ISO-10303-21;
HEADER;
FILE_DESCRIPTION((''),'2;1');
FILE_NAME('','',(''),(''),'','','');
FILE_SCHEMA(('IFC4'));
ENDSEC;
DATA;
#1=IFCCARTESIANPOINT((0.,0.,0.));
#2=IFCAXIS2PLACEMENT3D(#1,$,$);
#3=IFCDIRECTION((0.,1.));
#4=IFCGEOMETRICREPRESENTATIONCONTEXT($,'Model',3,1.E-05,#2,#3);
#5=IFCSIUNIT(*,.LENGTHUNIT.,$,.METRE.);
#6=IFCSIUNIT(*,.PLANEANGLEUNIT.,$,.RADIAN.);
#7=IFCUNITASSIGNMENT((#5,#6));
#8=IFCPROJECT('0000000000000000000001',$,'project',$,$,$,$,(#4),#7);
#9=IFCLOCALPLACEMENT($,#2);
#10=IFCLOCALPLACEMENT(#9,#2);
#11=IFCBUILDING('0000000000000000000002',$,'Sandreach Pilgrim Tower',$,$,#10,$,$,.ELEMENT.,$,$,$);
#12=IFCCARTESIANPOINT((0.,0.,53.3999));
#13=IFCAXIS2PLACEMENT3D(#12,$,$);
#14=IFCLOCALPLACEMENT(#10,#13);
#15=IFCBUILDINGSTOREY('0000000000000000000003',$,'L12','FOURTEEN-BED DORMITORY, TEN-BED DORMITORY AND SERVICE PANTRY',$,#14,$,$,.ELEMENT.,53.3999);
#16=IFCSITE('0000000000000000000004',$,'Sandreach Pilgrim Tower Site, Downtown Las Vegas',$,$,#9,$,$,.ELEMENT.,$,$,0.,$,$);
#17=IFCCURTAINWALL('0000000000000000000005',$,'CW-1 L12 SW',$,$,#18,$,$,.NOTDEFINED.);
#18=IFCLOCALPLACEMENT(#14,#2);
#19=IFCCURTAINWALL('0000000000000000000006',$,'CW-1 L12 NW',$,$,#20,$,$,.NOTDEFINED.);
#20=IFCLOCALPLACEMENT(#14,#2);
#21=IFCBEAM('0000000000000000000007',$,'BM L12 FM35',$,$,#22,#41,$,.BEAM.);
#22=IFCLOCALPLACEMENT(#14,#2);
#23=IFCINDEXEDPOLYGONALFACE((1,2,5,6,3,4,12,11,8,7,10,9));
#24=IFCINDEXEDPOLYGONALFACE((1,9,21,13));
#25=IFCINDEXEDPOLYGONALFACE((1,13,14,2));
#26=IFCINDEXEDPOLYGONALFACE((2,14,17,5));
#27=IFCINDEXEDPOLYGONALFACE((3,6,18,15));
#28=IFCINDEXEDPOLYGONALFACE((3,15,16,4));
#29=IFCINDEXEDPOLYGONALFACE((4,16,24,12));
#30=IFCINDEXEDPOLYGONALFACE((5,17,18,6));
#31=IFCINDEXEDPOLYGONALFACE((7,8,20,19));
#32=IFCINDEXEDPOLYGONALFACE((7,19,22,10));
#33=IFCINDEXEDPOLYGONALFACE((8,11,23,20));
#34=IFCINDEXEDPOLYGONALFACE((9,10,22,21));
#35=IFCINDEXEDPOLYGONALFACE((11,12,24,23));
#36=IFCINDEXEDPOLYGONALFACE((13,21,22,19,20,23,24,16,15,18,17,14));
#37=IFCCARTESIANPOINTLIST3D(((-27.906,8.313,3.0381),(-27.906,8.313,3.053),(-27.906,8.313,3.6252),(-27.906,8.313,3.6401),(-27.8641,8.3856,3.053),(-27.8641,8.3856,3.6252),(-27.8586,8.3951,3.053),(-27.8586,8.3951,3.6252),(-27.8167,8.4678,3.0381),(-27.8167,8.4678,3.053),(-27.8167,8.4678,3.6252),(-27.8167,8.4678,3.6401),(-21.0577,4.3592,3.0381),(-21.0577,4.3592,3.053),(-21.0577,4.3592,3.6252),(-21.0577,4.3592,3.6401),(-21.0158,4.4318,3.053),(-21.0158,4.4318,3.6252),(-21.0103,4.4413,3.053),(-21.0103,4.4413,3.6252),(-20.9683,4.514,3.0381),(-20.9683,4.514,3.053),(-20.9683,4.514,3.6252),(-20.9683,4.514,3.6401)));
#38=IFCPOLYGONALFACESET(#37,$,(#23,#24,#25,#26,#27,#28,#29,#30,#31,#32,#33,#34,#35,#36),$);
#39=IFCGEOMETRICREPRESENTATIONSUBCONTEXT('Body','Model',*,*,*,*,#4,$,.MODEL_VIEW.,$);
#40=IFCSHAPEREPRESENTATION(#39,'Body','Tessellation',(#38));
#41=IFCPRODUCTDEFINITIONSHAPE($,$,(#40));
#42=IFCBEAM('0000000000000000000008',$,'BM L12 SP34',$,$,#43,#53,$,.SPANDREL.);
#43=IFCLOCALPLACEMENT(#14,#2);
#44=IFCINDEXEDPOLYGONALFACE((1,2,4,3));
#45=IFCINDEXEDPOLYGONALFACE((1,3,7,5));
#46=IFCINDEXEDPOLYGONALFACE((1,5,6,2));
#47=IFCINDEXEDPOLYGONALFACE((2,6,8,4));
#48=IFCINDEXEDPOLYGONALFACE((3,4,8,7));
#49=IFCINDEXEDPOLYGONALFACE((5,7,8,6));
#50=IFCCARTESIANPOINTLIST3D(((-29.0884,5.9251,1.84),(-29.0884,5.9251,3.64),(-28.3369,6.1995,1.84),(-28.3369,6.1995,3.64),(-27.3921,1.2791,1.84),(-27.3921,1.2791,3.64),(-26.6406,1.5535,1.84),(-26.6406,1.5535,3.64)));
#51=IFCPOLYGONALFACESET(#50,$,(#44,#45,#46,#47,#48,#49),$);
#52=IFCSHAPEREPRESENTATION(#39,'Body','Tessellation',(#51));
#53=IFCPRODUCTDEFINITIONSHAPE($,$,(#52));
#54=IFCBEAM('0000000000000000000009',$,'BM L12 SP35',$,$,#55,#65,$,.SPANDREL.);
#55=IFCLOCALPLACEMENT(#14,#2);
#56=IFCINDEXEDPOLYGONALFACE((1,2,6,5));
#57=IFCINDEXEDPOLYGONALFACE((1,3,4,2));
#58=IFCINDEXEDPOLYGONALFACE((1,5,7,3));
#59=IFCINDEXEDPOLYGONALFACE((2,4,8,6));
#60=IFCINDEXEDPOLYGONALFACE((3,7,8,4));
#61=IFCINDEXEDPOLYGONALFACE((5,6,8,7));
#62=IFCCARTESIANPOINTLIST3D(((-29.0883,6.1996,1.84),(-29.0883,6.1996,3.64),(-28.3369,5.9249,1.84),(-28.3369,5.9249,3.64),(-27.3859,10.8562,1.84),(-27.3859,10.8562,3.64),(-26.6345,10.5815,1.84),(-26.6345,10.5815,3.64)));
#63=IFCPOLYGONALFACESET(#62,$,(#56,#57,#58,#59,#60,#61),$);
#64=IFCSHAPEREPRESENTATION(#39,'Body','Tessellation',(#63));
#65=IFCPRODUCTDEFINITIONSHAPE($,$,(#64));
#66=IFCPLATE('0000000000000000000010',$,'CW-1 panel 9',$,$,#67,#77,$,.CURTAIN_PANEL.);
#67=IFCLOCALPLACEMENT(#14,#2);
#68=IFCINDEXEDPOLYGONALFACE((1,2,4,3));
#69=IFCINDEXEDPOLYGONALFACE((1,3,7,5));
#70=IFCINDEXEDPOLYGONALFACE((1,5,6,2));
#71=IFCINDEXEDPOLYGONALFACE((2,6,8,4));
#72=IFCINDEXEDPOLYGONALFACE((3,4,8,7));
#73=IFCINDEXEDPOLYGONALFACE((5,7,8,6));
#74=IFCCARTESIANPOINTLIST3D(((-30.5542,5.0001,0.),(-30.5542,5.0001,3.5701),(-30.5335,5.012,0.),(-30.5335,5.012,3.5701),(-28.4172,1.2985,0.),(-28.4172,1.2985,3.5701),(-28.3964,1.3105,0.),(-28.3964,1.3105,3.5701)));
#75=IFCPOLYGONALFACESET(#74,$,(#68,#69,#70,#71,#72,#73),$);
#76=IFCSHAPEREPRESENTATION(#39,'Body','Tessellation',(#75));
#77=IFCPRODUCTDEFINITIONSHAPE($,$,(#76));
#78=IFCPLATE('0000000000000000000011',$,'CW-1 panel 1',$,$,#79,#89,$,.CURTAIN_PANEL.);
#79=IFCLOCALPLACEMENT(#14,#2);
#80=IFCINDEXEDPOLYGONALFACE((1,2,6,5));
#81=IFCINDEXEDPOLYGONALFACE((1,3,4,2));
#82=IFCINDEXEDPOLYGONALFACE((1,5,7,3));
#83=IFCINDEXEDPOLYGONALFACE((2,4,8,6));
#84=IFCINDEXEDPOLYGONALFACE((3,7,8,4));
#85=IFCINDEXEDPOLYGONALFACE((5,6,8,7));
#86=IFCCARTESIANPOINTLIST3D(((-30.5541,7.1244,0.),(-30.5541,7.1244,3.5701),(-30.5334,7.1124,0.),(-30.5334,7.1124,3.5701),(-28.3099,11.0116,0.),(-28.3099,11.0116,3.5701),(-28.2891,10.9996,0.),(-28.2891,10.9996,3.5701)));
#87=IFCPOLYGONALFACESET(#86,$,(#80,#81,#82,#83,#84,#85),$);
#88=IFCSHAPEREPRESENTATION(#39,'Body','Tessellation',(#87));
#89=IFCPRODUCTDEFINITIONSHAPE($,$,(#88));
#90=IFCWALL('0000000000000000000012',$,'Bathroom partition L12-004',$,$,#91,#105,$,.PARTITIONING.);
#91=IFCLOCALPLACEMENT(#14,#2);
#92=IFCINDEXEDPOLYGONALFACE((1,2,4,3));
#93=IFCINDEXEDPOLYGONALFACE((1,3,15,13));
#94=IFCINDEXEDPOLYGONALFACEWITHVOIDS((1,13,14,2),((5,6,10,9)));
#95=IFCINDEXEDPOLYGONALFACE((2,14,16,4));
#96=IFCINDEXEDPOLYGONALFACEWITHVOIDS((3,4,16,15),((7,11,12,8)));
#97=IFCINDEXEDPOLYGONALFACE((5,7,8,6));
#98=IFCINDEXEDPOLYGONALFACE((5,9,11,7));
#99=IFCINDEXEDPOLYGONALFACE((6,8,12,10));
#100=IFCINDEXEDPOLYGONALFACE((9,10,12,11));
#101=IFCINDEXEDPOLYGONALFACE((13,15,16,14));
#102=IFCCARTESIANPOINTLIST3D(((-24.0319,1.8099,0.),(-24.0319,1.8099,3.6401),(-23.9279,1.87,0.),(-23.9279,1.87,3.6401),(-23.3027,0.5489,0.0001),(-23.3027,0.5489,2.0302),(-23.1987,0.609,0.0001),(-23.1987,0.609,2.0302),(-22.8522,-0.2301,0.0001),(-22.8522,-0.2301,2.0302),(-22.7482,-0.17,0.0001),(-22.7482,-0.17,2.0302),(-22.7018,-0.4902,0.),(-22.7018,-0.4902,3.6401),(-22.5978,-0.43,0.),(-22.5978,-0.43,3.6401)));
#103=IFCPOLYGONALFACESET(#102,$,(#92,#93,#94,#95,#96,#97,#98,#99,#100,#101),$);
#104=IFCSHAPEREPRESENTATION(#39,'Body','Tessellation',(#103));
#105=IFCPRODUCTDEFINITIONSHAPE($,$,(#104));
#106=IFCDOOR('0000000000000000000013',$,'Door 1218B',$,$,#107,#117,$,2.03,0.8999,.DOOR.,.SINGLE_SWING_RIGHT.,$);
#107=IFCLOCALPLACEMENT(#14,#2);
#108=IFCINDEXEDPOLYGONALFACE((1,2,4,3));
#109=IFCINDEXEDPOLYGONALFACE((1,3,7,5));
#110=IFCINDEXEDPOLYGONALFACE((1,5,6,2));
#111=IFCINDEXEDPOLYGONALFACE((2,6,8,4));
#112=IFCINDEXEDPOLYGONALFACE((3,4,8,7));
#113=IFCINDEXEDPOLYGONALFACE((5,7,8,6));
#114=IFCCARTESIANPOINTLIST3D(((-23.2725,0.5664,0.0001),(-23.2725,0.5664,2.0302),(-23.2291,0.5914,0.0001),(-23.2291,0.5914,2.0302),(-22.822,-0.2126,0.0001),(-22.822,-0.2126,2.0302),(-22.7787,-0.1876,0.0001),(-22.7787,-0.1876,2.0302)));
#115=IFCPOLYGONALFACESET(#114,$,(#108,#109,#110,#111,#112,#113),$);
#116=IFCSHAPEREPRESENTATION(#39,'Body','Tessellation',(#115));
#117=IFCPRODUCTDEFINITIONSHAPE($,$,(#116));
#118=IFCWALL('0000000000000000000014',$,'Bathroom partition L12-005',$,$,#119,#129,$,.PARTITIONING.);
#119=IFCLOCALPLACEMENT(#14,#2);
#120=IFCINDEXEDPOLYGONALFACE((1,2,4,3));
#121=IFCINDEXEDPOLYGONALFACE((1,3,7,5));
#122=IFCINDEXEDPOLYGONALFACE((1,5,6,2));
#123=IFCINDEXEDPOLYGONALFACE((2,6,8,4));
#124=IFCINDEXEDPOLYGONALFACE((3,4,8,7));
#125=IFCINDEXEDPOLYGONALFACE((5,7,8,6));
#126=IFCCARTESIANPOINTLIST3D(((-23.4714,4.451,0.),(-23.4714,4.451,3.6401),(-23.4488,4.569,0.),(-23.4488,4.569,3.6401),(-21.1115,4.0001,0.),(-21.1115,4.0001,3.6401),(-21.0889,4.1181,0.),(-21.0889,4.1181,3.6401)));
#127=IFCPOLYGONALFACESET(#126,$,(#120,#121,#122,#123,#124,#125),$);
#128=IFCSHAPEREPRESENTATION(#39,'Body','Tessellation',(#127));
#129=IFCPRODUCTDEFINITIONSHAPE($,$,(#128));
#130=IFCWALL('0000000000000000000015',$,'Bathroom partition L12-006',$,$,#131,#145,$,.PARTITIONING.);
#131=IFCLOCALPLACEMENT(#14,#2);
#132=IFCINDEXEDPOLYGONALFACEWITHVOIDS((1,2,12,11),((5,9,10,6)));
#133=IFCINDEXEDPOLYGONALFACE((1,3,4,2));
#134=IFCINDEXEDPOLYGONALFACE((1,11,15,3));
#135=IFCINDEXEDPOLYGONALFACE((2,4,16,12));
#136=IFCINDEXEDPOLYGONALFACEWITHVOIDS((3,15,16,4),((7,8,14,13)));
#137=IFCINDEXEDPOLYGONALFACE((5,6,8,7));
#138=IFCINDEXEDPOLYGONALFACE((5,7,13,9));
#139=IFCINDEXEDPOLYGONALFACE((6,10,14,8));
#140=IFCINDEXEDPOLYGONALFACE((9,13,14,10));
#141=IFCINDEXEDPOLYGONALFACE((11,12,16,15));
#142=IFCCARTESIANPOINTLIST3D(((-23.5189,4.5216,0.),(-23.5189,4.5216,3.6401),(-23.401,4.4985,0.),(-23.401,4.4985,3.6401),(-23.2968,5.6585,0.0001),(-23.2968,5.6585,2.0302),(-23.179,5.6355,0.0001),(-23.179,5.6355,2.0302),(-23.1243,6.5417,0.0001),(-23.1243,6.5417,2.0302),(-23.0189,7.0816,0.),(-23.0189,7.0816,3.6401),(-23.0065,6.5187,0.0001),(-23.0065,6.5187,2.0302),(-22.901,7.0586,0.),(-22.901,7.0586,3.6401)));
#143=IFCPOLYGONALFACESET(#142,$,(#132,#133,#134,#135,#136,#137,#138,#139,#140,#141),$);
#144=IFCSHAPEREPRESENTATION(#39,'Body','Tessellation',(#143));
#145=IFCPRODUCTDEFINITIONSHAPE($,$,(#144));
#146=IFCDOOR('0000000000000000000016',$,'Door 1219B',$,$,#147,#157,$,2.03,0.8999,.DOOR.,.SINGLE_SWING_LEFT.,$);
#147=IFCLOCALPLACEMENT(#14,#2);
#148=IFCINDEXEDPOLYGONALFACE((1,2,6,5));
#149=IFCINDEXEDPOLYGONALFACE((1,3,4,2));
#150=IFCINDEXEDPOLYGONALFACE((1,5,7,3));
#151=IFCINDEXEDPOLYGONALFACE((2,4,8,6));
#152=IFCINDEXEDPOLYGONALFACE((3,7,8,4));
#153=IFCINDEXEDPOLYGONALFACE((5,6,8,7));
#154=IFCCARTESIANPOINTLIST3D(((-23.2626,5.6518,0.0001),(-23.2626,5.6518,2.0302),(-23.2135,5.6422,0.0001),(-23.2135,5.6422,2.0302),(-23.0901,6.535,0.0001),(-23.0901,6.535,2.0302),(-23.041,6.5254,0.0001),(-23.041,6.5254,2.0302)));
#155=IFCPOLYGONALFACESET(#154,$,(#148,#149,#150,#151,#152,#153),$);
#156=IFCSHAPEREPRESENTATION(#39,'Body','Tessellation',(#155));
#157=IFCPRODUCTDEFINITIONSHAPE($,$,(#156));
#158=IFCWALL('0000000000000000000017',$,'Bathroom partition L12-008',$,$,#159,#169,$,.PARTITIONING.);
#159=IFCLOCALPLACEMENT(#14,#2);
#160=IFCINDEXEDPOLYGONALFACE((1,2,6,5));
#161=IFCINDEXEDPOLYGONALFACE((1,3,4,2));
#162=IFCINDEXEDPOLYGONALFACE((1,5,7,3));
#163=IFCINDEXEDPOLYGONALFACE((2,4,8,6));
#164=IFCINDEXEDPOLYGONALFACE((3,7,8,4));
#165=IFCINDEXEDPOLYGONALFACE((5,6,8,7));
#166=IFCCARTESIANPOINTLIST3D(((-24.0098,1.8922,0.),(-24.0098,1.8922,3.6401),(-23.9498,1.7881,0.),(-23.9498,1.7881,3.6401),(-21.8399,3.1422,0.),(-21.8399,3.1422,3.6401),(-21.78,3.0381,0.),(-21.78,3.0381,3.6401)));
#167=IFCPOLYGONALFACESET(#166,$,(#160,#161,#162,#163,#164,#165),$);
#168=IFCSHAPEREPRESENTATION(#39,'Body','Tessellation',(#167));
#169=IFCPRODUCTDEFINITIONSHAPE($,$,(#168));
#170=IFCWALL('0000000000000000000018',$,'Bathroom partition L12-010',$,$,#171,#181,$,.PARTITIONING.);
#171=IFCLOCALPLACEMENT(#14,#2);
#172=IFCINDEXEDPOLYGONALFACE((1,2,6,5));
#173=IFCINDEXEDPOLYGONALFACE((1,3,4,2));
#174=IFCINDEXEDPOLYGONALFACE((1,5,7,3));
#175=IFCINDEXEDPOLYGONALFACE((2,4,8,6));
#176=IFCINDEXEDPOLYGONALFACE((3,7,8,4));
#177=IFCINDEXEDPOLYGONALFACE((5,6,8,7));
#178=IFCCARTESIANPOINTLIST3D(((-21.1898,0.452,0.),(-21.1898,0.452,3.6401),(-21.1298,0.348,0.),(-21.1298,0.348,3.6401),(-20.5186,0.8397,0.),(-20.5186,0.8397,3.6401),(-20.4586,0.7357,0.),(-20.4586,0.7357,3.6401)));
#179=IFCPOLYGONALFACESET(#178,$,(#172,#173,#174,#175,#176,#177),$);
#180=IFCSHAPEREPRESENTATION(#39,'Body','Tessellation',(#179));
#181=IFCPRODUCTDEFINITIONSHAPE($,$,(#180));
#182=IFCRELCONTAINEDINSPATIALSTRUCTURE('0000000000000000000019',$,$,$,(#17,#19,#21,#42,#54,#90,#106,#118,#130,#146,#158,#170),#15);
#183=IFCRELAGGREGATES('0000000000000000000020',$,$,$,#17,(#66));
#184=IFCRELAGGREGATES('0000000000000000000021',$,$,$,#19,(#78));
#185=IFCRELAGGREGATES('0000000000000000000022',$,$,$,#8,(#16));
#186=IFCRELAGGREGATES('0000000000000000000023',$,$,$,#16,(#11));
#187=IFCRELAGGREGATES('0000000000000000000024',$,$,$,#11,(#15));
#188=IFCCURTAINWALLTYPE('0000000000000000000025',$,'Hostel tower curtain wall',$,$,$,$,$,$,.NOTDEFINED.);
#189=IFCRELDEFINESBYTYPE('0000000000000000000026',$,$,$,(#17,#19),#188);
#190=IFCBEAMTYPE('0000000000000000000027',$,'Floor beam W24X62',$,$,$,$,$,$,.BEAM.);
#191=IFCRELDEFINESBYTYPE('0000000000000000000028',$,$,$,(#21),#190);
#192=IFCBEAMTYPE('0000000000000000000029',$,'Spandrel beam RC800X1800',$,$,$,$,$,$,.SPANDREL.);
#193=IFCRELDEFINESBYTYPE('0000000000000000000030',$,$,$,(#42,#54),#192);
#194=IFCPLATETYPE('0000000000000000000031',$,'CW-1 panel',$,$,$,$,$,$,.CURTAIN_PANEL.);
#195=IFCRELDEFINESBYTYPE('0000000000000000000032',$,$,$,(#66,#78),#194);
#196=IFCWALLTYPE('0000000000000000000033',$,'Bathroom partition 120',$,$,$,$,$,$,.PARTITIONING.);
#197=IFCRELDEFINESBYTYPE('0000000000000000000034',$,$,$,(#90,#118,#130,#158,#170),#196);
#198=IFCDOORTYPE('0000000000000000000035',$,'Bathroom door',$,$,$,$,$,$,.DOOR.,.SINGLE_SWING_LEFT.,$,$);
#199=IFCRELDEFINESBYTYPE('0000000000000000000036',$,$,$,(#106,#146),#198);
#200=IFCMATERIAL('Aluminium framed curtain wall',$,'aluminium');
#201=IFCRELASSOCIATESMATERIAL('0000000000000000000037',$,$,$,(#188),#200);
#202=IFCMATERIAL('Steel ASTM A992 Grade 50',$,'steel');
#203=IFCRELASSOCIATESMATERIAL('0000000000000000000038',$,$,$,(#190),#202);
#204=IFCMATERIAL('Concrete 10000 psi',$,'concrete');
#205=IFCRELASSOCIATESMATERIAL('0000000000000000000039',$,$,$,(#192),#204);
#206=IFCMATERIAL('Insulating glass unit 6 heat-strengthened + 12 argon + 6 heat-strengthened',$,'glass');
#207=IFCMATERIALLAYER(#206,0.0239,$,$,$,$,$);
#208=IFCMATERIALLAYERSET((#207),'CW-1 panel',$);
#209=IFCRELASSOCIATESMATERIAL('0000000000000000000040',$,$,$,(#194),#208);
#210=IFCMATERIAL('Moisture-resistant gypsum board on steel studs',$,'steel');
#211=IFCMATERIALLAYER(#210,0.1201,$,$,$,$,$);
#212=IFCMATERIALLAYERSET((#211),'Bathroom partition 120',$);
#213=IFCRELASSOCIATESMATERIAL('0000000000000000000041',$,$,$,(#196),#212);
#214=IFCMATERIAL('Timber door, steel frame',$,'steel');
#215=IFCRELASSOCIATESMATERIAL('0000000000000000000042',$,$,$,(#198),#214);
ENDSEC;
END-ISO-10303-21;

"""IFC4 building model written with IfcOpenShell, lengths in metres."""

from ifc_helpers import new_model, si_unit, direction, frame, frame_2d, origin, origin_2d, place, context, subcontext, project, spatial, rectangle, i_section, extrude, material, layer, layer_set, material_profile, profile_set, type_object, element, fill, aggregate, save


model = new_model("IFC4")

# Units and contexts
model_context = context("Model", 3, precision=1e-05, world=origin(), true_north=direction((0.0, 1.0)))
body_context = subcontext(model_context, "Body", "Model", "MODEL_VIEW")
ifc_project = project(units=[si_unit("LENGTHUNIT", "METRE"), si_unit("PLANEANGLEUNIT", "RADIAN")], contexts=[model_context])

# Site, building, storey
site_placement = place(None, origin())
site = spatial("IfcSite", under=ifc_project, at=site_placement, Name="Sandreach Pilgrim Tower Site, Downtown Las Vegas", CompositionType="ELEMENT", RefElevation=0.0)
building_placement = place(site_placement, origin())
building = spatial("IfcBuilding", under=site, at=building_placement, Name="Sandreach Pilgrim Tower", CompositionType="ELEMENT")
storey_placement = place(building_placement, frame((0.0, 0.0, 53.3999)))
storey = spatial("IfcBuildingStorey", under=building, at=storey_placement, Name="L12", Description="FOURTEEN-BED DORMITORY, TEN-BED DORMITORY AND SERVICE PANTRY", CompositionType="ELEMENT", Elevation=53.3999)

# Curtain wall
ifc_material_1 = material(Name="Aluminium framed curtain wall", Category="aluminium")
curtain_wall_type = type_object("IfcCurtainWallType", Name="Hostel tower curtain wall", PredefinedType="NOTDEFINED", material=ifc_material_1)
curtain_wall_1_placement = place(storey_placement, origin())
curtain_wall_1 = element("IfcCurtainWall", 1, at=curtain_wall_1_placement, inside=storey, type_object=curtain_wall_type, Name="CW-1 L12 SW", PredefinedType="NOTDEFINED")

# Curtain wall
curtain_wall_2_placement = place(storey_placement, origin())
curtain_wall_2 = element("IfcCurtainWall", 2, at=curtain_wall_2_placement, inside=storey, type_object=curtain_wall_type, Name="CW-1 L12 NW", PredefinedType="NOTDEFINED")

# Beams
ifc_material_2 = material(Name="Steel ASTM A992 Grade 50", Category="steel")
ifc_material_profile_1 = material_profile(ifc_material_2, i_section(OverallWidth=0.1787, OverallDepth=0.6021, WebThickness=0.011, FlangeThickness=0.0149, at=origin_2d()), Name="W24X62")
ifc_profile_set_1 = profile_set([ifc_material_profile_1], Name="Steel ASTM A992 Grade 50")
beam_type_1 = type_object("IfcBeamType", Name="Floor beam W24X62", PredefinedType="BEAM", material=ifc_profile_set_1)
beam_1_placement = place(storey_placement, frame((-27.8613, 8.3904, 3.3391), z_axis=(0.866029, -0.499994, 0.0), x_axis=(0.499994, 0.866029, 0.0)))
element("IfcBeam", 3, at=beam_1_placement, inside=storey, type_object=beam_type_1, Name="BM L12 FM35", PredefinedType="BEAM", context=body_context, shape_type="SweptSolid", body=[
    extrude(i_section(OverallWidth=0.1787, OverallDepth=0.6021, WebThickness=0.011, FlangeThickness=0.0149, at=origin_2d()), origin(), (0.0, 0.0, 1.0), 7.9077),
])
ifc_material_3 = material(Name="Concrete 10000 psi", Category="concrete")
ifc_material_profile_2 = material_profile(ifc_material_3, rectangle(XDim=0.8, YDim=1.8, at=origin_2d()), Name="RC800X1800")
ifc_profile_set_2 = profile_set([ifc_material_profile_2], Name="Concrete 10000 psi")
beam_type_2 = type_object("IfcBeamType", Name="Spandrel beam RC800X1800", PredefinedType="SPANDREL", material=ifc_profile_set_2)
beam_2_placement = place(storey_placement, frame((-27.0164, 1.4163, 2.74), z_axis=(-0.342963, 0.939349, 0.0), x_axis=(-0.939349, -0.342963, 0.0)))
element("IfcBeam", 4, at=beam_2_placement, inside=storey, type_object=beam_type_2, Name="BM L12 SP34", PredefinedType="SPANDREL", context=body_context, shape_type="SweptSolid", body=[
    extrude(rectangle(XDim=0.8, YDim=1.8, at=origin_2d()), origin(), (0.0, 0.0, 1.0), 4.946),
])
beam_3_placement = place(storey_placement, frame((-28.7126, 6.0623, 2.74), z_axis=(0.343368, 0.939201, 0.0), x_axis=(-0.939201, 0.343368, 0.0)))
element("IfcBeam", 5, at=beam_3_placement, inside=storey, type_object=beam_type_2, Name="BM L12 SP35", PredefinedType="SPANDREL", context=body_context, shape_type="SweptSolid", body=[
    extrude(rectangle(XDim=0.8, YDim=1.8, at=origin_2d()), origin(), (0.0, 0.0, 1.0), 4.958),
])

# Plates
ifc_material_4 = material(Name="Insulating glass unit 6 heat-strengthened + 12 argon + 6 heat-strengthened", Category="glass")
ifc_layer_1 = layer(ifc_material_4, 0.0239)
ifc_layer_set_1 = layer_set([ifc_layer_1], Name="CW-1 panel")
plate_type = type_object("IfcPlateType", Name="CW-1 panel", PredefinedType="CURTAIN_PANEL", material=ifc_layer_set_1)
plate_1_placement = place(storey_placement, frame((-29.4753, 3.1553, 0.0), z_axis=(0.0, 0.0, 1.0), x_axis=(-0.5, 0.866025, 0.0)))
plate_1 = element("IfcPlate", 6, at=plate_1_placement, type_object=plate_type, Name="CW-1 panel 9", PredefinedType="CURTAIN_PANEL", context=body_context, shape_type="SweptSolid", body=[
    extrude(rectangle(XDim=4.2742, YDim=0.0239, at=origin_2d()), origin(), (0.0, 0.0, 1.0), 3.5701),
])
aggregate(curtain_wall_1, [plate_1])
plate_2_placement = place(storey_placement, frame((-29.4216, 9.062, 0.0), z_axis=(0.0, 0.0, 1.0), x_axis=(0.5, 0.866025, 0.0)))
plate_2 = element("IfcPlate", 7, at=plate_2_placement, type_object=plate_type, Name="CW-1 panel 1", PredefinedType="CURTAIN_PANEL", context=body_context, shape_type="SweptSolid", body=[
    extrude(rectangle(XDim=4.4885, YDim=0.0239, at=origin_2d()), origin(), (0.0, 0.0, 1.0), 3.5701),
])
aggregate(curtain_wall_2, [plate_2])

# Wall, opening, door
ifc_material_5 = material(Name="Moisture-resistant gypsum board on steel studs", Category="steel")
ifc_layer_2 = layer(ifc_material_5, 0.1201)
ifc_layer_set_2 = layer_set([ifc_layer_2], Name="Bathroom partition 120")
wall_type_1 = type_object("IfcWallType", Name="Bathroom partition 120", PredefinedType="PARTITIONING", material=ifc_layer_set_2)
wall_1_placement = place(storey_placement, frame((-23.98, 1.8401, 0.0), z_axis=(0.0, 0.0, 1.0), x_axis=(0.500605, -0.865676, 0.0)))
wall_1 = element("IfcWall", 8, at=wall_1_placement, inside=storey, type_object=wall_type_1, Name="Bathroom partition L12-004", PredefinedType="PARTITIONING", context=body_context, shape_type="SweptSolid", body=[
    extrude(rectangle(XDim=2.657, YDim=0.1201, at=frame_2d((1.3286, 0.0))), origin(), (0.0, 0.0, 1.0), 3.6401),
])
opening_1_placement = place(wall_1_placement, frame((1.4568, 0.0, 0.0)))
opening_1 = element("IfcOpeningElement", 9, at=opening_1_placement, cuts=wall_1, PredefinedType="OPENING", context=body_context, shape_type="SweptSolid", body=[
    extrude(rectangle(XDim=0.8999, YDim=2.03, at=frame_2d((0.45, 1.0151))), frame((0.0, 0.0601, 0.0), z_axis=(0.0, -1.0, 0.0), x_axis=(1.0, 0.0, 0.0)), (0.0, 0.0, 1.0), 0.1201),
])
ifc_material_6 = material(Name="Timber door, steel frame", Category="steel")
door_type_1 = type_object("IfcDoorType", Name="Bathroom door", OperationType="SINGLE_SWING_LEFT", PredefinedType="DOOR", material=ifc_material_6)
door_1_placement = place(opening_1_placement, origin())
door_1 = element("IfcDoor", 10, at=door_1_placement, inside=storey, type_object=door_type_1, Name="Door 1218B", OperationType="SINGLE_SWING_RIGHT", OverallHeight=2.03, OverallWidth=0.8999, PredefinedType="DOOR", context=body_context, shape_type="SweptSolid", body=[
    extrude(rectangle(XDim=0.8999, YDim=2.03, at=frame_2d((0.45, 1.0151))), frame((0.0, 0.0249, 0.0), z_axis=(0.0, -1.0, 0.0), x_axis=(1.0, 0.0, 0.0)), (0.0, 0.0, 1.0), 0.05),
])
fill(opening_1, door_1)

# Wall
wall_2_placement = place(storey_placement, frame((-23.46, 4.51, 0.0), z_axis=(0.0, 0.0, 1.0), x_axis=(0.982229, -0.187686, 0.0)))
element("IfcWall", 11, at=wall_2_placement, inside=storey, type_object=wall_type_1, Name="Bathroom partition L12-005", PredefinedType="PARTITIONING", context=body_context, shape_type="SweptSolid", body=[
    extrude(rectangle(XDim=2.4026, YDim=0.1201, at=frame_2d((1.2012, 0.0))), origin(), (0.0, 0.0, 1.0), 3.6401),
])

# Wall, opening, door
wall_3_placement = place(storey_placement, frame((-22.96, 7.0701, 0.0), z_axis=(0.0, 0.0, 1.0), x_axis=(-0.191686, -0.981456, 0.0)))
wall_3 = element("IfcWall", 12, at=wall_3_placement, inside=storey, type_object=wall_type_1, Name="Bathroom partition L12-006", PredefinedType="PARTITIONING", context=body_context, shape_type="SweptSolid", body=[
    extrude(rectangle(XDim=2.6084, YDim=0.1201, at=frame_2d((1.3042, 0.0))), origin(), (0.0, 0.0, 1.0), 3.6401),
])
opening_2_placement = place(wall_3_placement, frame((0.55, 0.0, 0.0)))
opening_2 = element("IfcOpeningElement", 13, at=opening_2_placement, cuts=wall_3, PredefinedType="OPENING", context=body_context, shape_type="SweptSolid", body=[
    extrude(rectangle(XDim=0.8999, YDim=2.03, at=frame_2d((0.45, 1.0151))), frame((0.0, 0.0601, 0.0), z_axis=(0.0, -1.0, 0.0), x_axis=(1.0, 0.0, 0.0)), (0.0, 0.0, 1.0), 0.1201),
])
door_2_placement = place(opening_2_placement, origin())
door_2 = element("IfcDoor", 14, at=door_2_placement, inside=storey, type_object=door_type_1, Name="Door 1219B", OperationType="SINGLE_SWING_LEFT", OverallHeight=2.03, OverallWidth=0.8999, PredefinedType="DOOR", context=body_context, shape_type="SweptSolid", body=[
    extrude(rectangle(XDim=0.8999, YDim=2.03, at=frame_2d((0.45, 1.0151))), frame((0.0, 0.0249, 0.0), z_axis=(0.0, -1.0, 0.0), x_axis=(1.0, 0.0, 0.0)), (0.0, 0.0, 1.0), 0.05),
])
fill(opening_2, door_2)

# Walls
wall_4_placement = place(storey_placement, frame((-21.8101, 3.0901, 0.0), z_axis=(0.0, 0.0, 1.0), x_axis=(-0.86651, -0.49916, 0.0)))
element("IfcWall", 15, at=wall_4_placement, inside=storey, type_object=wall_type_1, Name="Bathroom partition L12-008", PredefinedType="PARTITIONING", context=body_context, shape_type="SweptSolid", body=[
    extrude(rectangle(XDim=2.5042, YDim=0.1201, at=frame_2d((1.252, 0.0))), origin(), (0.0, 0.0, 1.0), 3.6401),
])
wall_5_placement = place(storey_placement, frame((-21.1599, 0.3999, 0.0), z_axis=(0.0, 0.0, 1.0), x_axis=(0.865908, 0.500204, 0.0)))
element("IfcWall", 16, at=wall_5_placement, inside=storey, type_object=wall_type_1, Name="Bathroom partition L12-010", PredefinedType="PARTITIONING", context=body_context, shape_type="SweptSolid", body=[
    extrude(rectangle(XDim=0.7751, YDim=0.1201, at=frame_2d((0.3877, 0.0))), origin(), (0.0, 0.0, 1.0), 3.6401),
])

save(model, "model.ifc")
